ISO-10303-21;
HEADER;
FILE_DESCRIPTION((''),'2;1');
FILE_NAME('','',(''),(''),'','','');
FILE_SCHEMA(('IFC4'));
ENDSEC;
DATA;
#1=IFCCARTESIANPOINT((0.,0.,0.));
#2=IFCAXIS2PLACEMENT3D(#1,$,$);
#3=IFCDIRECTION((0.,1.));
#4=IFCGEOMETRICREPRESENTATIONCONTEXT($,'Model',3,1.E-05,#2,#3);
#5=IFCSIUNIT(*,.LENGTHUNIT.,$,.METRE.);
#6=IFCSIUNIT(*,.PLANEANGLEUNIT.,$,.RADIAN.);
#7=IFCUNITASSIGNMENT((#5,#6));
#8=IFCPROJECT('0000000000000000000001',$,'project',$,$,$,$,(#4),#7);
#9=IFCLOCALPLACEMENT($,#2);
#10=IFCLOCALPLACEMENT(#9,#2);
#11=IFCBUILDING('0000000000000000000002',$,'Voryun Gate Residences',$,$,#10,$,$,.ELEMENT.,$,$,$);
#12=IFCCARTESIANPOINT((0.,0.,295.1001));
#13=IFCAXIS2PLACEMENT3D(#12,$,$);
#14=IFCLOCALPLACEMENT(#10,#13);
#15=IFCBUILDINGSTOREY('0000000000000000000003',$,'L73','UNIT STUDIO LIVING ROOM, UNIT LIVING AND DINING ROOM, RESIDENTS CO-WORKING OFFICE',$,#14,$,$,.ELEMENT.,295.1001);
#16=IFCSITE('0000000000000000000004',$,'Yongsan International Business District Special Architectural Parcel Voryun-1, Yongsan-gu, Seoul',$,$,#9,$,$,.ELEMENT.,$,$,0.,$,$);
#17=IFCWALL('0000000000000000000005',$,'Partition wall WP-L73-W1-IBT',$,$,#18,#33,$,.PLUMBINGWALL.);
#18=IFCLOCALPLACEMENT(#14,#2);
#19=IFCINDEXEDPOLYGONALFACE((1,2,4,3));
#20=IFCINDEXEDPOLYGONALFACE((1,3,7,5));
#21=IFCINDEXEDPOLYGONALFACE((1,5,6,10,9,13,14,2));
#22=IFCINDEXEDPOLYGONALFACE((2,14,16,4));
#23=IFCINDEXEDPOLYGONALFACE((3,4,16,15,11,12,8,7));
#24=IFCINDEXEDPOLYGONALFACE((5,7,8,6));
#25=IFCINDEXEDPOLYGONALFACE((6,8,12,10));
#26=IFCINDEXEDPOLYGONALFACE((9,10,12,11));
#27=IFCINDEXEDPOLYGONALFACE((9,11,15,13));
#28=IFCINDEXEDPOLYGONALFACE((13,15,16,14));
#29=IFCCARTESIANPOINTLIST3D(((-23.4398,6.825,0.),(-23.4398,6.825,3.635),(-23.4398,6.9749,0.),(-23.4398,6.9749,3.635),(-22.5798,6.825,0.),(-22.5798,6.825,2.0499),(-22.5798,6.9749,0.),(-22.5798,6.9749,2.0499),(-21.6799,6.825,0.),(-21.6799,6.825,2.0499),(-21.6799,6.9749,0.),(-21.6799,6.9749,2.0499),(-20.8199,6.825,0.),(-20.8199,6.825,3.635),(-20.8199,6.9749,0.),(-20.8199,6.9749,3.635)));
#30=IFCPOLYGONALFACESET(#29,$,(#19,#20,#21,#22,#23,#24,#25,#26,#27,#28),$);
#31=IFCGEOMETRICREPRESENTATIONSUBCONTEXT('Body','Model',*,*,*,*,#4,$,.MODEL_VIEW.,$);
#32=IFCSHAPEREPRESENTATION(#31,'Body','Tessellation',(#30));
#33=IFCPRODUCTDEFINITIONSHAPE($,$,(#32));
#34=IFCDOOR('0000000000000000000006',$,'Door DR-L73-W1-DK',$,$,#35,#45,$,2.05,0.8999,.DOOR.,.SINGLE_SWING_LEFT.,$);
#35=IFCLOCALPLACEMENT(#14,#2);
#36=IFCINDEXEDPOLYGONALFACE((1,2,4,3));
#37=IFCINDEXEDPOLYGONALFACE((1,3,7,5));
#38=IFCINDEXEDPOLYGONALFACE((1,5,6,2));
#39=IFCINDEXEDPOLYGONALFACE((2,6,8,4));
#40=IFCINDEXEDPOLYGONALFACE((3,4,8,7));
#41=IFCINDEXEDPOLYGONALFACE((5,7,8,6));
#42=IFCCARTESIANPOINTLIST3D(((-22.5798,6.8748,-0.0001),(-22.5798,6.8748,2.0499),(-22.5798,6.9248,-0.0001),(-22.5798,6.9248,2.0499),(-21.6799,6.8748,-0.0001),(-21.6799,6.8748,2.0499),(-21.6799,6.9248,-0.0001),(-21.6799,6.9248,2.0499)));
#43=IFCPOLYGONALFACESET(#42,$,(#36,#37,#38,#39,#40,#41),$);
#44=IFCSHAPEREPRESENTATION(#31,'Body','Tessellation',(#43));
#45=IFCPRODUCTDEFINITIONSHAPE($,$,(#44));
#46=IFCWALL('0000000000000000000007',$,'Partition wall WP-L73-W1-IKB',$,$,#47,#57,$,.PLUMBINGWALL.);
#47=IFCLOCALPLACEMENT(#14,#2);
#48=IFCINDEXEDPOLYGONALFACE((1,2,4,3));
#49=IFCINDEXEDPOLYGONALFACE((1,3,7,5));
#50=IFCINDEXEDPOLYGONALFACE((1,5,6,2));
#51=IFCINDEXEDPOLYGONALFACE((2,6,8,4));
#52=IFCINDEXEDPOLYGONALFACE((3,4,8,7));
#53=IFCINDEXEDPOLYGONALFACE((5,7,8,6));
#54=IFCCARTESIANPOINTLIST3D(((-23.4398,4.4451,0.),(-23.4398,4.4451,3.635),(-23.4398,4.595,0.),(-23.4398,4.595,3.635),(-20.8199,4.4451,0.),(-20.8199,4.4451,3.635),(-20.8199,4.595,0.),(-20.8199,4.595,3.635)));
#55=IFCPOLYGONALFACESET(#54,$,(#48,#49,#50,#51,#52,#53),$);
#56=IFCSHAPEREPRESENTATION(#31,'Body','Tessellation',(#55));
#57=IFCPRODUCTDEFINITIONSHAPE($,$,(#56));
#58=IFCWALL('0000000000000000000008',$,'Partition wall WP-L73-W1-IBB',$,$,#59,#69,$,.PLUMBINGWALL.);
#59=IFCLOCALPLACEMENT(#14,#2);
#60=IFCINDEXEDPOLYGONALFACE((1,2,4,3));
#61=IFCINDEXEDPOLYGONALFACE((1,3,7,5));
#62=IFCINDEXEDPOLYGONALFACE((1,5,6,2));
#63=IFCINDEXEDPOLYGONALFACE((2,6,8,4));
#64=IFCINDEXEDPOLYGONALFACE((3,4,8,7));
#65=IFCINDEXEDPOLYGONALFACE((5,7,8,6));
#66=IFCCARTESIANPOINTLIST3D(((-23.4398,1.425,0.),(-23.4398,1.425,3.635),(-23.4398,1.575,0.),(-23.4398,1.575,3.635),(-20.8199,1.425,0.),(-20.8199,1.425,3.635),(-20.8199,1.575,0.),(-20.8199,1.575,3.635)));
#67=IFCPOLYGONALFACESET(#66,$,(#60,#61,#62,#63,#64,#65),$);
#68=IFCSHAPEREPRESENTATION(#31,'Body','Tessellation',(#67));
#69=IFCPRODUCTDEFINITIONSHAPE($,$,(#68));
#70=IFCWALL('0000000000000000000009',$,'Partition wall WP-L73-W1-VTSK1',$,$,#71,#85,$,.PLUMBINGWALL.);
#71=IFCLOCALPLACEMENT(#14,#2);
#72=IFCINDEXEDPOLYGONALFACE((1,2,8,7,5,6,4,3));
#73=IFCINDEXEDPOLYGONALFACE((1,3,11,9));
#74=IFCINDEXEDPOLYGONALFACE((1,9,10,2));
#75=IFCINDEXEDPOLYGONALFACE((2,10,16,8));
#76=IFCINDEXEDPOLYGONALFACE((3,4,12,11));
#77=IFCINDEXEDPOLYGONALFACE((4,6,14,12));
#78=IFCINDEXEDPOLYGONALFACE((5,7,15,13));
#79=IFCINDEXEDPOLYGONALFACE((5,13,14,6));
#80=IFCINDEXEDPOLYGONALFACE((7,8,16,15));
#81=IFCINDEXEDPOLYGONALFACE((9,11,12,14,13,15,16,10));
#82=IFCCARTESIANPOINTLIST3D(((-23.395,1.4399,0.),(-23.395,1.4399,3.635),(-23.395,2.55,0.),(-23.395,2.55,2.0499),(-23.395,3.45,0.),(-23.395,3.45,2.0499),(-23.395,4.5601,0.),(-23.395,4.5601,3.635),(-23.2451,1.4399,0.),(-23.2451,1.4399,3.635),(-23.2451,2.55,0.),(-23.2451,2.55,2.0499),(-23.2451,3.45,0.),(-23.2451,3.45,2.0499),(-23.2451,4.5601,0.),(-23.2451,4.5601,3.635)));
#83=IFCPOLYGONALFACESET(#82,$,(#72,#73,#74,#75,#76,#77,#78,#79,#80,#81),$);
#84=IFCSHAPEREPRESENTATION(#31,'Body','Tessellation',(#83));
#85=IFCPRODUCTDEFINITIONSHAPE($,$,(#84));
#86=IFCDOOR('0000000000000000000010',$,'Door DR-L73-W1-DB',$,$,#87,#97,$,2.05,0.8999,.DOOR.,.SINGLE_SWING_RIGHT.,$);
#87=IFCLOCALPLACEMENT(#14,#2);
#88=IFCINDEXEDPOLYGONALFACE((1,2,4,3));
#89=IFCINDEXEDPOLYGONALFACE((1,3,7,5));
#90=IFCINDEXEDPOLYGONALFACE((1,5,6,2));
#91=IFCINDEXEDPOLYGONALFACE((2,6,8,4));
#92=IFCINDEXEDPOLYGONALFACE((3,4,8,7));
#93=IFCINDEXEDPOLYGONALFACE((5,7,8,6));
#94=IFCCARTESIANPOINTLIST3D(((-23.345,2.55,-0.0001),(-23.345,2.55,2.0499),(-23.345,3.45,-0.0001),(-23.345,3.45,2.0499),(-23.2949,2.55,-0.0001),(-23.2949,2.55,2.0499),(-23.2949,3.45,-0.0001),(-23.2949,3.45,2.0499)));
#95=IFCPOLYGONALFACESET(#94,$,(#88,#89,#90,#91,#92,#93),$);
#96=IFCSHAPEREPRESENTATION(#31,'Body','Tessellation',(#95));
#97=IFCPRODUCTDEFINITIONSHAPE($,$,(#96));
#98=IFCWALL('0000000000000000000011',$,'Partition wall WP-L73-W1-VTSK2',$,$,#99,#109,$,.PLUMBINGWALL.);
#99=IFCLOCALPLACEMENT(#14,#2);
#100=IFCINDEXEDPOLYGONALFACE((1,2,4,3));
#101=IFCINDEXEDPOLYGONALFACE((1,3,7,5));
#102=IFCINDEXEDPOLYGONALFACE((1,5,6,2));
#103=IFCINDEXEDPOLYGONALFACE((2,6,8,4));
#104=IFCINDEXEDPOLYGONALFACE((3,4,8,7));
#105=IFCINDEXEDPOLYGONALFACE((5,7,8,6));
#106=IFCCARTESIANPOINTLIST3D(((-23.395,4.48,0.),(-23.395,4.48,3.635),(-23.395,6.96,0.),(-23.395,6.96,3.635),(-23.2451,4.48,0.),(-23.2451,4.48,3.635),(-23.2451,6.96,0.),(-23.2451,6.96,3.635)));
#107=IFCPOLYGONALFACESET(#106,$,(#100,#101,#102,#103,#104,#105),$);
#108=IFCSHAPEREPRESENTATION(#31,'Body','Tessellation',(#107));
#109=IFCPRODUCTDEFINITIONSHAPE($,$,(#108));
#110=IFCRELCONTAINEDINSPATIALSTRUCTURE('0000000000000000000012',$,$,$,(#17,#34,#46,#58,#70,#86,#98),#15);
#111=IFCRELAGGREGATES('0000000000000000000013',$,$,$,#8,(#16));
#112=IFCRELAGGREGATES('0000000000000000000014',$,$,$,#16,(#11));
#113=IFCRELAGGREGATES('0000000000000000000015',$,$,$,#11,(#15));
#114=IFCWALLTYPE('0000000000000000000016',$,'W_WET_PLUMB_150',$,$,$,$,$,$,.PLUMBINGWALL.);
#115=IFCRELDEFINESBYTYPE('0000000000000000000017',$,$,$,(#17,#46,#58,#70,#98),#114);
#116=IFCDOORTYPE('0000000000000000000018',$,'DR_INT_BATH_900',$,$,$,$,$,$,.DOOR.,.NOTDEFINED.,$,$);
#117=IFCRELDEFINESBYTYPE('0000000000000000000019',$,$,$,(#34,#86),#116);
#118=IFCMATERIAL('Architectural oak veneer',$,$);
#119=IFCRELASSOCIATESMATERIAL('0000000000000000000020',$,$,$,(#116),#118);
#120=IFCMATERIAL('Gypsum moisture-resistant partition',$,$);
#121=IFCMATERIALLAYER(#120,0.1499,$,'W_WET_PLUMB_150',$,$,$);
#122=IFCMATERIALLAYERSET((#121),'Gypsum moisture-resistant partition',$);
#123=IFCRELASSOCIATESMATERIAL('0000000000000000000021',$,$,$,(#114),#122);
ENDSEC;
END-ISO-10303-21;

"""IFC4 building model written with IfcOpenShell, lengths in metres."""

from ifc_helpers import new_model, si_unit, direction, frame, frame_2d, origin, place, context, subcontext, project, spatial, rectangle, extrude, material, layer, layer_set, type_object, element, fill, save


model = new_model("IFC4")

# Units and contexts
model_context = context("Model", 3, precision=1e-05, world=origin(), true_north=direction((0.0, 1.0)))
body_context = subcontext(model_context, "Body", "Model", "MODEL_VIEW")
ifc_project = project(units=[si_unit("LENGTHUNIT", "METRE"), si_unit("PLANEANGLEUNIT", "RADIAN")], contexts=[model_context])

# Site, building, storey
site_placement = place(None, origin())
site = spatial("IfcSite", under=ifc_project, at=site_placement, Name="Yongsan International Business District Special Architectural Parcel Voryun-1, Yongsan-gu, Seoul", CompositionType="ELEMENT", RefElevation=0.0)
building_placement = place(site_placement, origin())
building = spatial("IfcBuilding", under=site, at=building_placement, Name="Voryun Gate Residences", CompositionType="ELEMENT")
storey_placement = place(building_placement, frame((0.0, 0.0, 295.1001)))
storey = spatial("IfcBuildingStorey", under=building, at=storey_placement, Name="L73", Description="UNIT STUDIO LIVING ROOM, UNIT LIVING AND DINING ROOM, RESIDENTS CO-WORKING OFFICE", CompositionType="ELEMENT", Elevation=295.1001)

# Wall, opening, door
ifc_material_1 = material(Name="Architectural oak veneer")
door_type_1 = type_object("IfcDoorType", Name="DR_INT_BATH_900", OperationType="NOTDEFINED", PredefinedType="DOOR", material=ifc_material_1)
ifc_material_2 = material(Name="Gypsum moisture-resistant partition")
ifc_layer_1 = layer(ifc_material_2, 0.1499, Name="W_WET_PLUMB_150")
ifc_layer_set_1 = layer_set([ifc_layer_1], Name="Gypsum moisture-resistant partition")
wall_type_1 = type_object("IfcWallType", Name="W_WET_PLUMB_150", PredefinedType="PLUMBINGWALL", material=ifc_layer_set_1)
wall_1_placement = place(storey_placement, frame((-23.4399, 6.8999, 0.0), z_axis=(0.0, 0.0, 1.0), x_axis=(1.0, 0.0, 0.0)))
wall_1 = element("IfcWall", 1, at=wall_1_placement, inside=storey, type_object=wall_type_1, Name="Partition wall WP-L73-W1-IBT", PredefinedType="PLUMBINGWALL", context=body_context, shape_type="SweptSolid", body=[
    extrude(rectangle(XDim=2.6199, YDim=0.1499, at=frame_2d((1.3101, 0.0))), origin(), (0.0, 0.0, 1.0), 3.635),
])
opening_1_placement = place(wall_1_placement, frame((0.8601, 0.0, 0.0)))
opening_1 = element("IfcOpeningElement", 2, at=opening_1_placement, cuts=wall_1, PredefinedType="OPENING", context=body_context, shape_type="SweptSolid", body=[
    extrude(rectangle(XDim=0.8999, YDim=2.05, at=frame_2d((0.45, 1.0249))), frame((0.0, 0.085, 0.0), z_axis=(0.0, -1.0, 0.0), x_axis=(1.0, 0.0, 0.0)), (0.0, 0.0, 1.0), 0.1699),
])
door_1_placement = place(opening_1_placement, origin())
door_1 = element("IfcDoor", 3, at=door_1_placement, inside=storey, type_object=door_type_1, Name="Door DR-L73-W1-DK", OperationType="SINGLE_SWING_LEFT", OverallHeight=2.05, OverallWidth=0.8999, PredefinedType="DOOR", context=body_context, shape_type="SweptSolid", body=[
    extrude(rectangle(XDim=0.8999, YDim=2.05, at=frame_2d((0.45, 1.0249))), frame((0.0, 0.0249, 0.0), z_axis=(0.0, -1.0, 0.0), x_axis=(1.0, 0.0, 0.0)), (0.0, 0.0, 1.0), 0.05),
])
fill(opening_1, door_1)

# Walls
for number, where, z_axis, x_axis, name in (
    (4, (-23.4399, 4.52, 0.0), (0.0, 0.0, 1.0), (1.0, 0.0, 0.0), "Partition wall WP-L73-W1-IKB"),
    (5, (-23.4399, 1.5, 0.0), (0.0, 0.0, 1.0), (1.0, 0.0, 0.0), "Partition wall WP-L73-W1-IBB"),
):
    element("IfcWall", number, at=place(storey_placement, frame(where, z_axis=z_axis, x_axis=x_axis)), inside=storey, type_object=wall_type_1, Name=name, PredefinedType="PLUMBINGWALL", context=body_context, shape_type="SweptSolid", body=[
        extrude(rectangle(XDim=2.6199, YDim=0.1499, at=frame_2d((1.3101, 0.0))), origin(), (0.0, 0.0, 1.0), 3.635),
    ])

# Wall, opening, door
wall_2_placement = place(storey_placement, frame((-23.3201, 1.4399, 0.0), z_axis=(0.0, 0.0, 1.0), x_axis=(0.0, 1.0, 0.0)))
wall_2 = element("IfcWall", 6, at=wall_2_placement, inside=storey, type_object=wall_type_1, Name="Partition wall WP-L73-W1-VTSK1", PredefinedType="PLUMBINGWALL", context=body_context, shape_type="SweptSolid", body=[
    extrude(rectangle(XDim=3.1201, YDim=0.1499, at=frame_2d((1.5601, 0.0))), origin(), (0.0, 0.0, 1.0), 3.635),
])
opening_2_placement = place(wall_2_placement, frame((1.1101, 0.0, 0.0)))
opening_2 = element("IfcOpeningElement", 7, at=opening_2_placement, cuts=wall_2, PredefinedType="OPENING", context=body_context, shape_type="SweptSolid", body=[
    extrude(rectangle(XDim=0.8999, YDim=2.05, at=frame_2d((0.45, 1.0249))), frame((0.0, 0.085, 0.0), z_axis=(0.0, -1.0, 0.0), x_axis=(1.0, 0.0, 0.0)), (0.0, 0.0, 1.0), 0.1699),
])
door_2_placement = place(opening_2_placement, origin())
door_2 = element("IfcDoor", 8, at=door_2_placement, inside=storey, type_object=door_type_1, Name="Door DR-L73-W1-DB", OperationType="SINGLE_SWING_RIGHT", OverallHeight=2.05, OverallWidth=0.8999, PredefinedType="DOOR", context=body_context, shape_type="SweptSolid", body=[
    extrude(rectangle(XDim=0.8999, YDim=2.05, at=frame_2d((0.45, 1.0249))), frame((0.0, 0.0249, 0.0), z_axis=(0.0, -1.0, 0.0), x_axis=(1.0, 0.0, 0.0)), (0.0, 0.0, 1.0), 0.05),
])
fill(opening_2, door_2)

# Wall
wall_3_placement = place(storey_placement, frame((-23.3201, 4.48, 0.0), z_axis=(0.0, 0.0, 1.0), x_axis=(0.0, 1.0, 0.0)))
element("IfcWall", 9, at=wall_3_placement, inside=storey, type_object=wall_type_1, Name="Partition wall WP-L73-W1-VTSK2", PredefinedType="PLUMBINGWALL", context=body_context, shape_type="SweptSolid", body=[
    extrude(rectangle(XDim=2.48, YDim=0.1499, at=frame_2d((1.24, 0.0))), origin(), (0.0, 0.0, 1.0), 3.635),
])

save(model, "model.ifc")
